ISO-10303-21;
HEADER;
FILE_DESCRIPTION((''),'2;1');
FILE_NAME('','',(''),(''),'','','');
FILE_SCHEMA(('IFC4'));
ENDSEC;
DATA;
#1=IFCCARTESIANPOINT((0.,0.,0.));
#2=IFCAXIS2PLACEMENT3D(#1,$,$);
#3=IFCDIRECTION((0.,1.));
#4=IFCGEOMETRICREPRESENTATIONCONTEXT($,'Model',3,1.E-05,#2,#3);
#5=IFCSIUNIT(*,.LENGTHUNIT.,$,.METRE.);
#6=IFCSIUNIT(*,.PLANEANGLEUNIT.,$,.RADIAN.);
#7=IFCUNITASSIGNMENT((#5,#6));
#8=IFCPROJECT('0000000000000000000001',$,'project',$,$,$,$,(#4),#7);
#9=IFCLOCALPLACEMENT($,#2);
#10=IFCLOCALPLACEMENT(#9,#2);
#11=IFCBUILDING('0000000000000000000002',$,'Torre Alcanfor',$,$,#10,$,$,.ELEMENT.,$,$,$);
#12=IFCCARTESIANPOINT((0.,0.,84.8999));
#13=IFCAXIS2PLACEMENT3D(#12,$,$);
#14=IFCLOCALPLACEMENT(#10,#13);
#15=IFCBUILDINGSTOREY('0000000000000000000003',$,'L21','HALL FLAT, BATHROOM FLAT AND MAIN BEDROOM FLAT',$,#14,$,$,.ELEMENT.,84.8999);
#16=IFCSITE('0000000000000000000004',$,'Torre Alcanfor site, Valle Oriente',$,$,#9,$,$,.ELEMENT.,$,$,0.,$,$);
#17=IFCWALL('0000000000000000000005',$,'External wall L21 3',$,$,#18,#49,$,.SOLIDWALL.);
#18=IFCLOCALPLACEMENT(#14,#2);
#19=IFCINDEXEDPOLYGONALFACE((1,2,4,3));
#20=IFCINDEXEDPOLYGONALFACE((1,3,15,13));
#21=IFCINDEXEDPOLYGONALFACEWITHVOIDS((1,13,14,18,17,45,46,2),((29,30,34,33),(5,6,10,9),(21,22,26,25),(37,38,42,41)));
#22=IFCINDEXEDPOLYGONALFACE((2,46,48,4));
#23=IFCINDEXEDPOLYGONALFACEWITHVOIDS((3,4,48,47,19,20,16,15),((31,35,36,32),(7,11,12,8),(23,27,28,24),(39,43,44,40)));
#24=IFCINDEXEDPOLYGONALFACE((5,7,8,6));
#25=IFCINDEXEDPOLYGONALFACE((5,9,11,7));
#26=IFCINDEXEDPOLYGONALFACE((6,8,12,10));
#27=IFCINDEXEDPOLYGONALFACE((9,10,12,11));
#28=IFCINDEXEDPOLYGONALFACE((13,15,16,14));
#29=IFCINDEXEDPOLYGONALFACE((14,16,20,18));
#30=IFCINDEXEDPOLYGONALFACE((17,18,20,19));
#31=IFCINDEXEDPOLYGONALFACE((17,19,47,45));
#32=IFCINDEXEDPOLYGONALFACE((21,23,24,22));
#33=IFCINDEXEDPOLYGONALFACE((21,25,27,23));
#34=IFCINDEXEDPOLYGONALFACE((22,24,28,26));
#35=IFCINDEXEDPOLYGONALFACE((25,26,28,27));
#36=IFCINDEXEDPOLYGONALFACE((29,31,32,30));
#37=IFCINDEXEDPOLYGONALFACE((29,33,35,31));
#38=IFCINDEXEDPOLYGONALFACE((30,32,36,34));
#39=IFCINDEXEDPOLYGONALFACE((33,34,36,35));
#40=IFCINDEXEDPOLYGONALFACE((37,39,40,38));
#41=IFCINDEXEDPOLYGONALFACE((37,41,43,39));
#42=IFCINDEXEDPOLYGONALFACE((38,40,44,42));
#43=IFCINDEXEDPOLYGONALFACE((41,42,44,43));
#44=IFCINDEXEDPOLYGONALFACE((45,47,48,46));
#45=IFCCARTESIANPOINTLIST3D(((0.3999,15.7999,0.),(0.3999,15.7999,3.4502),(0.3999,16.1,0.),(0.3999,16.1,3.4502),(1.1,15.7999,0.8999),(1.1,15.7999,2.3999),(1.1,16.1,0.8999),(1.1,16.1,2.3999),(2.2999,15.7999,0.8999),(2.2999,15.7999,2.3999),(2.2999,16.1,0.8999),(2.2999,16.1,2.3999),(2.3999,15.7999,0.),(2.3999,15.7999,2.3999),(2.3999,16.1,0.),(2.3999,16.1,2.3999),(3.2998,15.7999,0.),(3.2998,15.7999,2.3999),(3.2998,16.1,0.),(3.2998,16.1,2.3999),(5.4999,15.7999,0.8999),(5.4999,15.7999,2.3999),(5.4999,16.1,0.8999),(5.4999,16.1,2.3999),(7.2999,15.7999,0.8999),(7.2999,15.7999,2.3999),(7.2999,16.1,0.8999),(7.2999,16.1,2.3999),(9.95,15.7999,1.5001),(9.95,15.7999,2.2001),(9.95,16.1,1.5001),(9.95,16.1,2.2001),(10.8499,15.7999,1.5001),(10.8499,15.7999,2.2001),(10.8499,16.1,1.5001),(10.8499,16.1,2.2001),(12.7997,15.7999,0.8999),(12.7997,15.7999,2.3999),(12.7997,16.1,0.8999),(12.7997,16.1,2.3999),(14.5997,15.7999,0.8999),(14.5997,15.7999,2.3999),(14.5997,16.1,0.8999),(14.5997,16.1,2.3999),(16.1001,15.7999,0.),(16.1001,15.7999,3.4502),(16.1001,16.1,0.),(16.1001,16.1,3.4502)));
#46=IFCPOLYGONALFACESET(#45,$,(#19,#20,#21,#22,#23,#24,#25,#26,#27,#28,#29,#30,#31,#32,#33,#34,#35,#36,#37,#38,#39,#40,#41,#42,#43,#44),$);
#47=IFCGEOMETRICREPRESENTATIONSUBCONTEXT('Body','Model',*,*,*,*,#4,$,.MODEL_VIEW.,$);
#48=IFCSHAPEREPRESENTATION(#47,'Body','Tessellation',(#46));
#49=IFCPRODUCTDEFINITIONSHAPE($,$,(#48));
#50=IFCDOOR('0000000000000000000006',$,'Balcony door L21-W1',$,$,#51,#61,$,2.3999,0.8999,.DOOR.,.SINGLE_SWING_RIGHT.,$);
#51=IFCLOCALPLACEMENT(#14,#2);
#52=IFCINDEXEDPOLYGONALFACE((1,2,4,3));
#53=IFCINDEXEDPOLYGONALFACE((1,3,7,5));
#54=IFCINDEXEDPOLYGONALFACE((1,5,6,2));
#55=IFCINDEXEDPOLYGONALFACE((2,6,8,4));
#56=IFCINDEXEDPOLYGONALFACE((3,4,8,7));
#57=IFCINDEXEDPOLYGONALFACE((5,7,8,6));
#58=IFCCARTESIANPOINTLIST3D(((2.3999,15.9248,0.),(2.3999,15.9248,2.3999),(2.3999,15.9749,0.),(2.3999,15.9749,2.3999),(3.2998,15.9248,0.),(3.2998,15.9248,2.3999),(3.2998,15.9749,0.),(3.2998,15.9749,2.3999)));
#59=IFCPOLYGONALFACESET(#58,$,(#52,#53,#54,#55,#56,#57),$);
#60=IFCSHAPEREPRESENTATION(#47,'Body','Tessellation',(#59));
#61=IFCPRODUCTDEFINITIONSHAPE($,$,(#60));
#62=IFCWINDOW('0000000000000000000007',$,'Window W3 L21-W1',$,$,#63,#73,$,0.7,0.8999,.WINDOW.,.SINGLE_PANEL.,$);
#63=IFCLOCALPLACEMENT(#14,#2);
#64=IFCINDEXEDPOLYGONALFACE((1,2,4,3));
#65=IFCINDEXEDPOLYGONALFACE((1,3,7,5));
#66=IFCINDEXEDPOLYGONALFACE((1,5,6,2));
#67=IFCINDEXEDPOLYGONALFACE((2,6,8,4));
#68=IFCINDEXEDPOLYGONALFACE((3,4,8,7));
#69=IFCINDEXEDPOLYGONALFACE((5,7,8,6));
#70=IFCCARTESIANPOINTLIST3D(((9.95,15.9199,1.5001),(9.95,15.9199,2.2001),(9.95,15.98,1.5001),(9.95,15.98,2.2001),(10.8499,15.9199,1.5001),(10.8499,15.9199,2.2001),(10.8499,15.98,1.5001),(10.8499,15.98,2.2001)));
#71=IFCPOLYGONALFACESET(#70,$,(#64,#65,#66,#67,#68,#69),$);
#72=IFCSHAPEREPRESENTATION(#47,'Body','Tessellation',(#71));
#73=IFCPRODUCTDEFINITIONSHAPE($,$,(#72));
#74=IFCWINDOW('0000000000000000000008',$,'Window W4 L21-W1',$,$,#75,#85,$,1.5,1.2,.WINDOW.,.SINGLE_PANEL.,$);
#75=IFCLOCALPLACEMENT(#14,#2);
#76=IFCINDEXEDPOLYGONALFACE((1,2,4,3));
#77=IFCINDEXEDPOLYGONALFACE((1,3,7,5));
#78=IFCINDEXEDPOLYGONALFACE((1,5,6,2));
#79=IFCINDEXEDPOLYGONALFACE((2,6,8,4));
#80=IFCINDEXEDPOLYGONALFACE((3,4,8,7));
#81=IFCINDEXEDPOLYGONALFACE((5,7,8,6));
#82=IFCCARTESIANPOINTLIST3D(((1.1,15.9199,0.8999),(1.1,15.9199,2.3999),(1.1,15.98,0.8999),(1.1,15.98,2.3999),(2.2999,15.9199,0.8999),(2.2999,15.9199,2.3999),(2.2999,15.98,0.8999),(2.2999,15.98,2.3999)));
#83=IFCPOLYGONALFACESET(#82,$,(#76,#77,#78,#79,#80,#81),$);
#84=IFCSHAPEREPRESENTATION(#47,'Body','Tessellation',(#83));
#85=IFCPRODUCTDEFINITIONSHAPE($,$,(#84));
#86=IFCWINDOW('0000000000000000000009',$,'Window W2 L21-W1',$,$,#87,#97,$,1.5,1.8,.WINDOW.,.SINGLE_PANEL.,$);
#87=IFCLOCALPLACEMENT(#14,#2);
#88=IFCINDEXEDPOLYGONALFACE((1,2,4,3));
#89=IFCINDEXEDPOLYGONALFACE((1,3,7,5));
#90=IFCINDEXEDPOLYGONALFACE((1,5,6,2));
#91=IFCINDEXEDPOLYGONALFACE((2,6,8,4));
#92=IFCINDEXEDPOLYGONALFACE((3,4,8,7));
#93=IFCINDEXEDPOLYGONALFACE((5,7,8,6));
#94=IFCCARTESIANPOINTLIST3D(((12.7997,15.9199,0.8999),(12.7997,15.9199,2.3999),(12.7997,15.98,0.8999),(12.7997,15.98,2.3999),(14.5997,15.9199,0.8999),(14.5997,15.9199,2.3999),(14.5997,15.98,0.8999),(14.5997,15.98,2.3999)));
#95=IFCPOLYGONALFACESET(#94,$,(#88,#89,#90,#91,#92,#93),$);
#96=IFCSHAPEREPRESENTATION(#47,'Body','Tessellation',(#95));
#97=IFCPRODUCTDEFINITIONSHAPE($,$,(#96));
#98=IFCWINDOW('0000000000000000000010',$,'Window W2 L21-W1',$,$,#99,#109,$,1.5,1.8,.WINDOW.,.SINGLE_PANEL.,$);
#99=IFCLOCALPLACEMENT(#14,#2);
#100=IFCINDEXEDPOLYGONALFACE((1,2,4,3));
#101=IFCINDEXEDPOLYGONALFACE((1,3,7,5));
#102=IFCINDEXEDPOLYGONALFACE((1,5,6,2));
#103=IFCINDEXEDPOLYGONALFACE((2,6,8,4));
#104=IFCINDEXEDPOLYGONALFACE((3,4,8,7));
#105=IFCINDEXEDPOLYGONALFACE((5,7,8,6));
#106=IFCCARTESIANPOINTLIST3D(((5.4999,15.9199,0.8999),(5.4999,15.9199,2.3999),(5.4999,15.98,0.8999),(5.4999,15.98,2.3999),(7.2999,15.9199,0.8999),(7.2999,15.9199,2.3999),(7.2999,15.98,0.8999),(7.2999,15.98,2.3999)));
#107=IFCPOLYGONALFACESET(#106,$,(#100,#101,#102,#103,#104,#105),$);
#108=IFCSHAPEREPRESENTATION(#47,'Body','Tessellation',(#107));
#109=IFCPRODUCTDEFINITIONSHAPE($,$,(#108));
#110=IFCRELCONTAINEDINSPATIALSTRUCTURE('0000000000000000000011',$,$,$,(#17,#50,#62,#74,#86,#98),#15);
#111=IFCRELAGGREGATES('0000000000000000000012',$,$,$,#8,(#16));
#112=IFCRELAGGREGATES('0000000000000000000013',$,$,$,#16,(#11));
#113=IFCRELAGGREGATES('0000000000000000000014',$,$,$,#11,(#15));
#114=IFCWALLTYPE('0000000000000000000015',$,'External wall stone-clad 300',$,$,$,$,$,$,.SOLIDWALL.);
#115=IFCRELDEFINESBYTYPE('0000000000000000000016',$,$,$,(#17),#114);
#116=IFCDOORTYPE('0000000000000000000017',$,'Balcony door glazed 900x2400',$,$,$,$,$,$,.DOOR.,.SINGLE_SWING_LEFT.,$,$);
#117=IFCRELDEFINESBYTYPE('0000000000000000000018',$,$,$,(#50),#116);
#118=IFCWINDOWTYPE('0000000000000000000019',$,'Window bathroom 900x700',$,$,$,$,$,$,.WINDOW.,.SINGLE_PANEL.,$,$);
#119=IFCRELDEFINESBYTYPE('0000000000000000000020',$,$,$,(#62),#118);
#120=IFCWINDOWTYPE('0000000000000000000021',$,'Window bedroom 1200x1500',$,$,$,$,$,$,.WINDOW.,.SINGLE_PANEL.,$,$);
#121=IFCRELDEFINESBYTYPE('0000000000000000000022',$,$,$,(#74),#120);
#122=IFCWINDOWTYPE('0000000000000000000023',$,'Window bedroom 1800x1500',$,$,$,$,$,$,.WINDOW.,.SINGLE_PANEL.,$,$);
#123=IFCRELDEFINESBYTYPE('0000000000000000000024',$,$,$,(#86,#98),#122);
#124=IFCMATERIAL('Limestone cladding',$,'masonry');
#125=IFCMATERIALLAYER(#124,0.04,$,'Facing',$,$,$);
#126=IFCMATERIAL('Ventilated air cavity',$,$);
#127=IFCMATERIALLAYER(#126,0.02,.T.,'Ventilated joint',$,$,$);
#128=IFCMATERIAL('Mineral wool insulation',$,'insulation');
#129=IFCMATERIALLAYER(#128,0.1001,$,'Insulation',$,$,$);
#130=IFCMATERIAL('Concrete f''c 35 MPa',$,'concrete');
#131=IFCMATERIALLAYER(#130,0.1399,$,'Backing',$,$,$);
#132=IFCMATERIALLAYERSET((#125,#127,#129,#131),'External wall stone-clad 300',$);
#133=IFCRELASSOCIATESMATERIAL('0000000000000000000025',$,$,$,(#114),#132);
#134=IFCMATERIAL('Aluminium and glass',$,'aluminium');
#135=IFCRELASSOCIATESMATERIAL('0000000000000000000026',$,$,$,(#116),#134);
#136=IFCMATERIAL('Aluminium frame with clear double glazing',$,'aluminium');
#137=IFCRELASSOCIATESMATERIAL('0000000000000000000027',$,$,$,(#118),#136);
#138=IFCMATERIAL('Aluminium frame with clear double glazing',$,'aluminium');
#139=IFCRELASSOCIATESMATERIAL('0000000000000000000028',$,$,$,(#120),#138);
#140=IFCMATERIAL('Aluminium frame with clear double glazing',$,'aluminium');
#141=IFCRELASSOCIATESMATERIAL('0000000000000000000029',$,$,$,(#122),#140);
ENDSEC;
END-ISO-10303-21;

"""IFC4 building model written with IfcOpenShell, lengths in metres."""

from ifc_helpers import new_model, si_unit, direction, frame, frame_2d, origin, place, context, subcontext, project, spatial, rectangle, extrude, material, layer, layer_set, type_object, element, fill, save


model = new_model("IFC4")

# Units and contexts
model_context = context("Model", 3, precision=1e-05, world=origin(), true_north=direction((0.0, 1.0)))
body_context = subcontext(model_context, "Body", "Model", "MODEL_VIEW")
ifc_project = project(units=[si_unit("LENGTHUNIT", "METRE"), si_unit("PLANEANGLEUNIT", "RADIAN")], contexts=[model_context])

# Site, building, storey
site_placement = place(None, origin())
site = spatial("IfcSite", under=ifc_project, at=site_placement, Name="Torre Alcanfor site, Valle Oriente", CompositionType="ELEMENT", RefElevation=0.0)
building_placement = place(site_placement, origin())
building = spatial("IfcBuilding", under=site, at=building_placement, Name="Torre Alcanfor", CompositionType="ELEMENT")
storey_placement = place(building_placement, frame((0.0, 0.0, 84.8999)))
storey = spatial("IfcBuildingStorey", under=building, at=storey_placement, Name="L21", Description="HALL FLAT, BATHROOM FLAT AND MAIN BEDROOM FLAT", CompositionType="ELEMENT", Elevation=84.8999)

# Wall, openings, door, windows
ifc_material_1 = material(Name="Limestone cladding", Category="masonry")
ifc_layer_1 = layer(ifc_material_1, 0.04, Name="Facing")
ifc_material_2 = material(Name="Ventilated air cavity")
ifc_layer_2 = layer(ifc_material_2, 0.02, ventilated=True, Name="Ventilated joint")
ifc_material_3 = material(Name="Mineral wool insulation", Category="insulation")
ifc_layer_3 = layer(ifc_material_3, 0.1001, Name="Insulation")
ifc_material_4 = material(Name="Concrete f'c 35 MPa", Category="concrete")
ifc_layer_4 = layer(ifc_material_4, 0.1399, Name="Backing")
ifc_layer_set_1 = layer_set([ifc_layer_1, ifc_layer_2, ifc_layer_3, ifc_layer_4], Name="External wall stone-clad 300")
wall_type_1 = type_object("IfcWallType", Name="External wall stone-clad 300", PredefinedType="SOLIDWALL", material=ifc_layer_set_1)
wall_1_placement = place(storey_placement, frame((0.3999, 15.95, 0.0), z_axis=(0.0, 0.0, 1.0), x_axis=(1.0, 0.0, 0.0)))
wall_1 = element("IfcWall", 1, at=wall_1_placement, inside=storey, type_object=wall_type_1, Name="External wall L21 3", PredefinedType="SOLIDWALL", context=body_context, shape_type="SweptSolid", body=[
    extrude(rectangle(XDim=15.7002, YDim=0.3, at=frame_2d((7.8501, 0.0))), origin(), (0.0, 0.0, 1.0), 3.4502),
])
opening_1_placement = place(wall_1_placement, frame((12.3999, 0.0, 0.8999)))
opening_1 = element("IfcOpeningElement", 2, at=opening_1_placement, cuts=wall_1, PredefinedType="OPENING", context=body_context, shape_type="SweptSolid", body=[
    extrude(rectangle(XDim=1.8, YDim=1.5, at=frame_2d((0.8999, 0.75))), frame((0.0, 0.1599, 0.0), z_axis=(0.0, -1.0, 0.0), x_axis=(1.0, 0.0, 0.0)), (0.0, 0.0, 1.0), 0.3201),
])
opening_2_placement = place(wall_1_placement, frame((9.55, 0.0, 1.5)))
opening_2 = element("IfcOpeningElement", 3, at=opening_2_placement, cuts=wall_1, PredefinedType="OPENING", context=body_context, shape_type="SweptSolid", body=[
    extrude(rectangle(XDim=0.8999, YDim=0.7, at=frame_2d((0.45, 0.3501))), frame((0.0, 0.1599, 0.0), z_axis=(0.0, -1.0, 0.0), x_axis=(1.0, 0.0, 0.0)), (0.0, 0.0, 1.0), 0.3201),
])
opening_3_placement = place(wall_1_placement, frame((5.1001, 0.0, 0.8999)))
opening_3 = element("IfcOpeningElement", 4, at=opening_3_placement, cuts=wall_1, PredefinedType="OPENING", context=body_context, shape_type="SweptSolid", body=[
    extrude(rectangle(XDim=1.8, YDim=1.5, at=frame_2d((0.8999, 0.75))), frame((0.0, 0.1599, 0.0), z_axis=(0.0, -1.0, 0.0), x_axis=(1.0, 0.0, 0.0)), (0.0, 0.0, 1.0), 0.3201),
])
opening_4_placement = place(wall_1_placement, frame((2.0, 0.0, 0.0)))
opening_4 = element("IfcOpeningElement", 5, at=opening_4_placement, cuts=wall_1, PredefinedType="OPENING", context=body_context, shape_type="SweptSolid", body=[
    extrude(rectangle(XDim=0.8999, YDim=2.3999, at=frame_2d((0.45, 1.2))), frame((0.0, 0.1599, 0.0), z_axis=(0.0, -1.0, 0.0), x_axis=(1.0, 0.0, 0.0)), (0.0, 0.0, 1.0), 0.3201),
])
opening_5_placement = place(wall_1_placement, frame((0.7, 0.0, 0.8999)))
opening_5 = element("IfcOpeningElement", 6, at=opening_5_placement, cuts=wall_1, PredefinedType="OPENING", context=body_context, shape_type="SweptSolid", body=[
    extrude(rectangle(XDim=1.2, YDim=1.5, at=frame_2d((0.6001, 0.75))), frame((0.0, 0.1599, 0.0), z_axis=(0.0, -1.0, 0.0), x_axis=(1.0, 0.0, 0.0)), (0.0, 0.0, 1.0), 0.3201),
])
ifc_material_5 = material(Name="Aluminium and glass", Category="aluminium")
door_type = type_object("IfcDoorType", Name="Balcony door glazed 900x2400", OperationType="SINGLE_SWING_LEFT", PredefinedType="DOOR", material=ifc_material_5)
door_1_placement = place(opening_4_placement, origin())
door_1 = element("IfcDoor", 7, at=door_1_placement, inside=storey, type_object=door_type, Name="Balcony door L21-W1", OperationType="SINGLE_SWING_RIGHT", OverallHeight=2.3999, OverallWidth=0.8999, PredefinedType="DOOR", context=body_context, shape_type="SweptSolid", body=[
    extrude(rectangle(XDim=0.8999, YDim=2.3999, at=frame_2d((0.45, 1.2))), frame((0.0, 0.0249, 0.0), z_axis=(0.0, -1.0, 0.0), x_axis=(1.0, 0.0, 0.0)), (0.0, 0.0, 1.0), 0.05),
])
fill(opening_4, door_1)
ifc_material_6 = material(Name="Aluminium frame with clear double glazing", Category="aluminium")
window_type_1 = type_object("IfcWindowType", Name="Window bathroom 900x700", PartitioningType="SINGLE_PANEL", PredefinedType="WINDOW", material=ifc_material_6)
window_1_placement = place(opening_2_placement, origin())
window_1 = element("IfcWindow", 8, at=window_1_placement, inside=storey, type_object=window_type_1, Name="Window W3 L21-W1", OverallHeight=0.7, OverallWidth=0.8999, PartitioningType="SINGLE_PANEL", PredefinedType="WINDOW", context=body_context, shape_type="SweptSolid", body=[
    extrude(rectangle(XDim=0.8999, YDim=0.7, at=frame_2d((0.45, 0.3501))), frame((0.0, 0.03, 0.0), z_axis=(0.0, -1.0, 0.0), x_axis=(1.0, 0.0, 0.0)), (0.0, 0.0, 1.0), 0.0601),
])
fill(opening_2, window_1)
ifc_material_7 = material(Name="Aluminium frame with clear double glazing", Category="aluminium")
window_type_2 = type_object("IfcWindowType", Name="Window bedroom 1200x1500", PartitioningType="SINGLE_PANEL", PredefinedType="WINDOW", material=ifc_material_7)
window_2_placement = place(opening_5_placement, origin())
window_2 = element("IfcWindow", 9, at=window_2_placement, inside=storey, type_object=window_type_2, Name="Window W4 L21-W1", OverallHeight=1.5, OverallWidth=1.2, PartitioningType="SINGLE_PANEL", PredefinedType="WINDOW", context=body_context, shape_type="SweptSolid", body=[
    extrude(rectangle(XDim=1.2, YDim=1.5, at=frame_2d((0.6001, 0.75))), frame((0.0, 0.03, 0.0), z_axis=(0.0, -1.0, 0.0), x_axis=(1.0, 0.0, 0.0)), (0.0, 0.0, 1.0), 0.0601),
])
fill(opening_5, window_2)
ifc_material_8 = material(Name="Aluminium frame with clear double glazing", Category="aluminium")
window_type_3 = type_object("IfcWindowType", Name="Window bedroom 1800x1500", PartitioningType="SINGLE_PANEL", PredefinedType="WINDOW", material=ifc_material_8)
window_3_placement = place(opening_1_placement, origin())
window_3 = element("IfcWindow", 10, at=window_3_placement, inside=storey, type_object=window_type_3, Name="Window W2 L21-W1", OverallHeight=1.5, OverallWidth=1.8, PartitioningType="SINGLE_PANEL", PredefinedType="WINDOW", context=body_context, shape_type="SweptSolid", body=[
    extrude(rectangle(XDim=1.8, YDim=1.5, at=frame_2d((0.8999, 0.75))), frame((0.0, 0.03, 0.0), z_axis=(0.0, -1.0, 0.0), x_axis=(1.0, 0.0, 0.0)), (0.0, 0.0, 1.0), 0.0601),
])
fill(opening_1, window_3)
window_4_placement = place(opening_3_placement, origin())
window_4 = element("IfcWindow", 11, at=window_4_placement, inside=storey, type_object=window_type_3, Name="Window W2 L21-W1", OverallHeight=1.5, OverallWidth=1.8, PartitioningType="SINGLE_PANEL", PredefinedType="WINDOW", context=body_context, shape_type="SweptSolid", body=[
    extrude(rectangle(XDim=1.8, YDim=1.5, at=frame_2d((0.8999, 0.75))), frame((0.0, 0.03, 0.0), z_axis=(0.0, -1.0, 0.0), x_axis=(1.0, 0.0, 0.0)), (0.0, 0.0, 1.0), 0.0601),
])
fill(opening_3, window_4)

save(model, "model.ifc")
